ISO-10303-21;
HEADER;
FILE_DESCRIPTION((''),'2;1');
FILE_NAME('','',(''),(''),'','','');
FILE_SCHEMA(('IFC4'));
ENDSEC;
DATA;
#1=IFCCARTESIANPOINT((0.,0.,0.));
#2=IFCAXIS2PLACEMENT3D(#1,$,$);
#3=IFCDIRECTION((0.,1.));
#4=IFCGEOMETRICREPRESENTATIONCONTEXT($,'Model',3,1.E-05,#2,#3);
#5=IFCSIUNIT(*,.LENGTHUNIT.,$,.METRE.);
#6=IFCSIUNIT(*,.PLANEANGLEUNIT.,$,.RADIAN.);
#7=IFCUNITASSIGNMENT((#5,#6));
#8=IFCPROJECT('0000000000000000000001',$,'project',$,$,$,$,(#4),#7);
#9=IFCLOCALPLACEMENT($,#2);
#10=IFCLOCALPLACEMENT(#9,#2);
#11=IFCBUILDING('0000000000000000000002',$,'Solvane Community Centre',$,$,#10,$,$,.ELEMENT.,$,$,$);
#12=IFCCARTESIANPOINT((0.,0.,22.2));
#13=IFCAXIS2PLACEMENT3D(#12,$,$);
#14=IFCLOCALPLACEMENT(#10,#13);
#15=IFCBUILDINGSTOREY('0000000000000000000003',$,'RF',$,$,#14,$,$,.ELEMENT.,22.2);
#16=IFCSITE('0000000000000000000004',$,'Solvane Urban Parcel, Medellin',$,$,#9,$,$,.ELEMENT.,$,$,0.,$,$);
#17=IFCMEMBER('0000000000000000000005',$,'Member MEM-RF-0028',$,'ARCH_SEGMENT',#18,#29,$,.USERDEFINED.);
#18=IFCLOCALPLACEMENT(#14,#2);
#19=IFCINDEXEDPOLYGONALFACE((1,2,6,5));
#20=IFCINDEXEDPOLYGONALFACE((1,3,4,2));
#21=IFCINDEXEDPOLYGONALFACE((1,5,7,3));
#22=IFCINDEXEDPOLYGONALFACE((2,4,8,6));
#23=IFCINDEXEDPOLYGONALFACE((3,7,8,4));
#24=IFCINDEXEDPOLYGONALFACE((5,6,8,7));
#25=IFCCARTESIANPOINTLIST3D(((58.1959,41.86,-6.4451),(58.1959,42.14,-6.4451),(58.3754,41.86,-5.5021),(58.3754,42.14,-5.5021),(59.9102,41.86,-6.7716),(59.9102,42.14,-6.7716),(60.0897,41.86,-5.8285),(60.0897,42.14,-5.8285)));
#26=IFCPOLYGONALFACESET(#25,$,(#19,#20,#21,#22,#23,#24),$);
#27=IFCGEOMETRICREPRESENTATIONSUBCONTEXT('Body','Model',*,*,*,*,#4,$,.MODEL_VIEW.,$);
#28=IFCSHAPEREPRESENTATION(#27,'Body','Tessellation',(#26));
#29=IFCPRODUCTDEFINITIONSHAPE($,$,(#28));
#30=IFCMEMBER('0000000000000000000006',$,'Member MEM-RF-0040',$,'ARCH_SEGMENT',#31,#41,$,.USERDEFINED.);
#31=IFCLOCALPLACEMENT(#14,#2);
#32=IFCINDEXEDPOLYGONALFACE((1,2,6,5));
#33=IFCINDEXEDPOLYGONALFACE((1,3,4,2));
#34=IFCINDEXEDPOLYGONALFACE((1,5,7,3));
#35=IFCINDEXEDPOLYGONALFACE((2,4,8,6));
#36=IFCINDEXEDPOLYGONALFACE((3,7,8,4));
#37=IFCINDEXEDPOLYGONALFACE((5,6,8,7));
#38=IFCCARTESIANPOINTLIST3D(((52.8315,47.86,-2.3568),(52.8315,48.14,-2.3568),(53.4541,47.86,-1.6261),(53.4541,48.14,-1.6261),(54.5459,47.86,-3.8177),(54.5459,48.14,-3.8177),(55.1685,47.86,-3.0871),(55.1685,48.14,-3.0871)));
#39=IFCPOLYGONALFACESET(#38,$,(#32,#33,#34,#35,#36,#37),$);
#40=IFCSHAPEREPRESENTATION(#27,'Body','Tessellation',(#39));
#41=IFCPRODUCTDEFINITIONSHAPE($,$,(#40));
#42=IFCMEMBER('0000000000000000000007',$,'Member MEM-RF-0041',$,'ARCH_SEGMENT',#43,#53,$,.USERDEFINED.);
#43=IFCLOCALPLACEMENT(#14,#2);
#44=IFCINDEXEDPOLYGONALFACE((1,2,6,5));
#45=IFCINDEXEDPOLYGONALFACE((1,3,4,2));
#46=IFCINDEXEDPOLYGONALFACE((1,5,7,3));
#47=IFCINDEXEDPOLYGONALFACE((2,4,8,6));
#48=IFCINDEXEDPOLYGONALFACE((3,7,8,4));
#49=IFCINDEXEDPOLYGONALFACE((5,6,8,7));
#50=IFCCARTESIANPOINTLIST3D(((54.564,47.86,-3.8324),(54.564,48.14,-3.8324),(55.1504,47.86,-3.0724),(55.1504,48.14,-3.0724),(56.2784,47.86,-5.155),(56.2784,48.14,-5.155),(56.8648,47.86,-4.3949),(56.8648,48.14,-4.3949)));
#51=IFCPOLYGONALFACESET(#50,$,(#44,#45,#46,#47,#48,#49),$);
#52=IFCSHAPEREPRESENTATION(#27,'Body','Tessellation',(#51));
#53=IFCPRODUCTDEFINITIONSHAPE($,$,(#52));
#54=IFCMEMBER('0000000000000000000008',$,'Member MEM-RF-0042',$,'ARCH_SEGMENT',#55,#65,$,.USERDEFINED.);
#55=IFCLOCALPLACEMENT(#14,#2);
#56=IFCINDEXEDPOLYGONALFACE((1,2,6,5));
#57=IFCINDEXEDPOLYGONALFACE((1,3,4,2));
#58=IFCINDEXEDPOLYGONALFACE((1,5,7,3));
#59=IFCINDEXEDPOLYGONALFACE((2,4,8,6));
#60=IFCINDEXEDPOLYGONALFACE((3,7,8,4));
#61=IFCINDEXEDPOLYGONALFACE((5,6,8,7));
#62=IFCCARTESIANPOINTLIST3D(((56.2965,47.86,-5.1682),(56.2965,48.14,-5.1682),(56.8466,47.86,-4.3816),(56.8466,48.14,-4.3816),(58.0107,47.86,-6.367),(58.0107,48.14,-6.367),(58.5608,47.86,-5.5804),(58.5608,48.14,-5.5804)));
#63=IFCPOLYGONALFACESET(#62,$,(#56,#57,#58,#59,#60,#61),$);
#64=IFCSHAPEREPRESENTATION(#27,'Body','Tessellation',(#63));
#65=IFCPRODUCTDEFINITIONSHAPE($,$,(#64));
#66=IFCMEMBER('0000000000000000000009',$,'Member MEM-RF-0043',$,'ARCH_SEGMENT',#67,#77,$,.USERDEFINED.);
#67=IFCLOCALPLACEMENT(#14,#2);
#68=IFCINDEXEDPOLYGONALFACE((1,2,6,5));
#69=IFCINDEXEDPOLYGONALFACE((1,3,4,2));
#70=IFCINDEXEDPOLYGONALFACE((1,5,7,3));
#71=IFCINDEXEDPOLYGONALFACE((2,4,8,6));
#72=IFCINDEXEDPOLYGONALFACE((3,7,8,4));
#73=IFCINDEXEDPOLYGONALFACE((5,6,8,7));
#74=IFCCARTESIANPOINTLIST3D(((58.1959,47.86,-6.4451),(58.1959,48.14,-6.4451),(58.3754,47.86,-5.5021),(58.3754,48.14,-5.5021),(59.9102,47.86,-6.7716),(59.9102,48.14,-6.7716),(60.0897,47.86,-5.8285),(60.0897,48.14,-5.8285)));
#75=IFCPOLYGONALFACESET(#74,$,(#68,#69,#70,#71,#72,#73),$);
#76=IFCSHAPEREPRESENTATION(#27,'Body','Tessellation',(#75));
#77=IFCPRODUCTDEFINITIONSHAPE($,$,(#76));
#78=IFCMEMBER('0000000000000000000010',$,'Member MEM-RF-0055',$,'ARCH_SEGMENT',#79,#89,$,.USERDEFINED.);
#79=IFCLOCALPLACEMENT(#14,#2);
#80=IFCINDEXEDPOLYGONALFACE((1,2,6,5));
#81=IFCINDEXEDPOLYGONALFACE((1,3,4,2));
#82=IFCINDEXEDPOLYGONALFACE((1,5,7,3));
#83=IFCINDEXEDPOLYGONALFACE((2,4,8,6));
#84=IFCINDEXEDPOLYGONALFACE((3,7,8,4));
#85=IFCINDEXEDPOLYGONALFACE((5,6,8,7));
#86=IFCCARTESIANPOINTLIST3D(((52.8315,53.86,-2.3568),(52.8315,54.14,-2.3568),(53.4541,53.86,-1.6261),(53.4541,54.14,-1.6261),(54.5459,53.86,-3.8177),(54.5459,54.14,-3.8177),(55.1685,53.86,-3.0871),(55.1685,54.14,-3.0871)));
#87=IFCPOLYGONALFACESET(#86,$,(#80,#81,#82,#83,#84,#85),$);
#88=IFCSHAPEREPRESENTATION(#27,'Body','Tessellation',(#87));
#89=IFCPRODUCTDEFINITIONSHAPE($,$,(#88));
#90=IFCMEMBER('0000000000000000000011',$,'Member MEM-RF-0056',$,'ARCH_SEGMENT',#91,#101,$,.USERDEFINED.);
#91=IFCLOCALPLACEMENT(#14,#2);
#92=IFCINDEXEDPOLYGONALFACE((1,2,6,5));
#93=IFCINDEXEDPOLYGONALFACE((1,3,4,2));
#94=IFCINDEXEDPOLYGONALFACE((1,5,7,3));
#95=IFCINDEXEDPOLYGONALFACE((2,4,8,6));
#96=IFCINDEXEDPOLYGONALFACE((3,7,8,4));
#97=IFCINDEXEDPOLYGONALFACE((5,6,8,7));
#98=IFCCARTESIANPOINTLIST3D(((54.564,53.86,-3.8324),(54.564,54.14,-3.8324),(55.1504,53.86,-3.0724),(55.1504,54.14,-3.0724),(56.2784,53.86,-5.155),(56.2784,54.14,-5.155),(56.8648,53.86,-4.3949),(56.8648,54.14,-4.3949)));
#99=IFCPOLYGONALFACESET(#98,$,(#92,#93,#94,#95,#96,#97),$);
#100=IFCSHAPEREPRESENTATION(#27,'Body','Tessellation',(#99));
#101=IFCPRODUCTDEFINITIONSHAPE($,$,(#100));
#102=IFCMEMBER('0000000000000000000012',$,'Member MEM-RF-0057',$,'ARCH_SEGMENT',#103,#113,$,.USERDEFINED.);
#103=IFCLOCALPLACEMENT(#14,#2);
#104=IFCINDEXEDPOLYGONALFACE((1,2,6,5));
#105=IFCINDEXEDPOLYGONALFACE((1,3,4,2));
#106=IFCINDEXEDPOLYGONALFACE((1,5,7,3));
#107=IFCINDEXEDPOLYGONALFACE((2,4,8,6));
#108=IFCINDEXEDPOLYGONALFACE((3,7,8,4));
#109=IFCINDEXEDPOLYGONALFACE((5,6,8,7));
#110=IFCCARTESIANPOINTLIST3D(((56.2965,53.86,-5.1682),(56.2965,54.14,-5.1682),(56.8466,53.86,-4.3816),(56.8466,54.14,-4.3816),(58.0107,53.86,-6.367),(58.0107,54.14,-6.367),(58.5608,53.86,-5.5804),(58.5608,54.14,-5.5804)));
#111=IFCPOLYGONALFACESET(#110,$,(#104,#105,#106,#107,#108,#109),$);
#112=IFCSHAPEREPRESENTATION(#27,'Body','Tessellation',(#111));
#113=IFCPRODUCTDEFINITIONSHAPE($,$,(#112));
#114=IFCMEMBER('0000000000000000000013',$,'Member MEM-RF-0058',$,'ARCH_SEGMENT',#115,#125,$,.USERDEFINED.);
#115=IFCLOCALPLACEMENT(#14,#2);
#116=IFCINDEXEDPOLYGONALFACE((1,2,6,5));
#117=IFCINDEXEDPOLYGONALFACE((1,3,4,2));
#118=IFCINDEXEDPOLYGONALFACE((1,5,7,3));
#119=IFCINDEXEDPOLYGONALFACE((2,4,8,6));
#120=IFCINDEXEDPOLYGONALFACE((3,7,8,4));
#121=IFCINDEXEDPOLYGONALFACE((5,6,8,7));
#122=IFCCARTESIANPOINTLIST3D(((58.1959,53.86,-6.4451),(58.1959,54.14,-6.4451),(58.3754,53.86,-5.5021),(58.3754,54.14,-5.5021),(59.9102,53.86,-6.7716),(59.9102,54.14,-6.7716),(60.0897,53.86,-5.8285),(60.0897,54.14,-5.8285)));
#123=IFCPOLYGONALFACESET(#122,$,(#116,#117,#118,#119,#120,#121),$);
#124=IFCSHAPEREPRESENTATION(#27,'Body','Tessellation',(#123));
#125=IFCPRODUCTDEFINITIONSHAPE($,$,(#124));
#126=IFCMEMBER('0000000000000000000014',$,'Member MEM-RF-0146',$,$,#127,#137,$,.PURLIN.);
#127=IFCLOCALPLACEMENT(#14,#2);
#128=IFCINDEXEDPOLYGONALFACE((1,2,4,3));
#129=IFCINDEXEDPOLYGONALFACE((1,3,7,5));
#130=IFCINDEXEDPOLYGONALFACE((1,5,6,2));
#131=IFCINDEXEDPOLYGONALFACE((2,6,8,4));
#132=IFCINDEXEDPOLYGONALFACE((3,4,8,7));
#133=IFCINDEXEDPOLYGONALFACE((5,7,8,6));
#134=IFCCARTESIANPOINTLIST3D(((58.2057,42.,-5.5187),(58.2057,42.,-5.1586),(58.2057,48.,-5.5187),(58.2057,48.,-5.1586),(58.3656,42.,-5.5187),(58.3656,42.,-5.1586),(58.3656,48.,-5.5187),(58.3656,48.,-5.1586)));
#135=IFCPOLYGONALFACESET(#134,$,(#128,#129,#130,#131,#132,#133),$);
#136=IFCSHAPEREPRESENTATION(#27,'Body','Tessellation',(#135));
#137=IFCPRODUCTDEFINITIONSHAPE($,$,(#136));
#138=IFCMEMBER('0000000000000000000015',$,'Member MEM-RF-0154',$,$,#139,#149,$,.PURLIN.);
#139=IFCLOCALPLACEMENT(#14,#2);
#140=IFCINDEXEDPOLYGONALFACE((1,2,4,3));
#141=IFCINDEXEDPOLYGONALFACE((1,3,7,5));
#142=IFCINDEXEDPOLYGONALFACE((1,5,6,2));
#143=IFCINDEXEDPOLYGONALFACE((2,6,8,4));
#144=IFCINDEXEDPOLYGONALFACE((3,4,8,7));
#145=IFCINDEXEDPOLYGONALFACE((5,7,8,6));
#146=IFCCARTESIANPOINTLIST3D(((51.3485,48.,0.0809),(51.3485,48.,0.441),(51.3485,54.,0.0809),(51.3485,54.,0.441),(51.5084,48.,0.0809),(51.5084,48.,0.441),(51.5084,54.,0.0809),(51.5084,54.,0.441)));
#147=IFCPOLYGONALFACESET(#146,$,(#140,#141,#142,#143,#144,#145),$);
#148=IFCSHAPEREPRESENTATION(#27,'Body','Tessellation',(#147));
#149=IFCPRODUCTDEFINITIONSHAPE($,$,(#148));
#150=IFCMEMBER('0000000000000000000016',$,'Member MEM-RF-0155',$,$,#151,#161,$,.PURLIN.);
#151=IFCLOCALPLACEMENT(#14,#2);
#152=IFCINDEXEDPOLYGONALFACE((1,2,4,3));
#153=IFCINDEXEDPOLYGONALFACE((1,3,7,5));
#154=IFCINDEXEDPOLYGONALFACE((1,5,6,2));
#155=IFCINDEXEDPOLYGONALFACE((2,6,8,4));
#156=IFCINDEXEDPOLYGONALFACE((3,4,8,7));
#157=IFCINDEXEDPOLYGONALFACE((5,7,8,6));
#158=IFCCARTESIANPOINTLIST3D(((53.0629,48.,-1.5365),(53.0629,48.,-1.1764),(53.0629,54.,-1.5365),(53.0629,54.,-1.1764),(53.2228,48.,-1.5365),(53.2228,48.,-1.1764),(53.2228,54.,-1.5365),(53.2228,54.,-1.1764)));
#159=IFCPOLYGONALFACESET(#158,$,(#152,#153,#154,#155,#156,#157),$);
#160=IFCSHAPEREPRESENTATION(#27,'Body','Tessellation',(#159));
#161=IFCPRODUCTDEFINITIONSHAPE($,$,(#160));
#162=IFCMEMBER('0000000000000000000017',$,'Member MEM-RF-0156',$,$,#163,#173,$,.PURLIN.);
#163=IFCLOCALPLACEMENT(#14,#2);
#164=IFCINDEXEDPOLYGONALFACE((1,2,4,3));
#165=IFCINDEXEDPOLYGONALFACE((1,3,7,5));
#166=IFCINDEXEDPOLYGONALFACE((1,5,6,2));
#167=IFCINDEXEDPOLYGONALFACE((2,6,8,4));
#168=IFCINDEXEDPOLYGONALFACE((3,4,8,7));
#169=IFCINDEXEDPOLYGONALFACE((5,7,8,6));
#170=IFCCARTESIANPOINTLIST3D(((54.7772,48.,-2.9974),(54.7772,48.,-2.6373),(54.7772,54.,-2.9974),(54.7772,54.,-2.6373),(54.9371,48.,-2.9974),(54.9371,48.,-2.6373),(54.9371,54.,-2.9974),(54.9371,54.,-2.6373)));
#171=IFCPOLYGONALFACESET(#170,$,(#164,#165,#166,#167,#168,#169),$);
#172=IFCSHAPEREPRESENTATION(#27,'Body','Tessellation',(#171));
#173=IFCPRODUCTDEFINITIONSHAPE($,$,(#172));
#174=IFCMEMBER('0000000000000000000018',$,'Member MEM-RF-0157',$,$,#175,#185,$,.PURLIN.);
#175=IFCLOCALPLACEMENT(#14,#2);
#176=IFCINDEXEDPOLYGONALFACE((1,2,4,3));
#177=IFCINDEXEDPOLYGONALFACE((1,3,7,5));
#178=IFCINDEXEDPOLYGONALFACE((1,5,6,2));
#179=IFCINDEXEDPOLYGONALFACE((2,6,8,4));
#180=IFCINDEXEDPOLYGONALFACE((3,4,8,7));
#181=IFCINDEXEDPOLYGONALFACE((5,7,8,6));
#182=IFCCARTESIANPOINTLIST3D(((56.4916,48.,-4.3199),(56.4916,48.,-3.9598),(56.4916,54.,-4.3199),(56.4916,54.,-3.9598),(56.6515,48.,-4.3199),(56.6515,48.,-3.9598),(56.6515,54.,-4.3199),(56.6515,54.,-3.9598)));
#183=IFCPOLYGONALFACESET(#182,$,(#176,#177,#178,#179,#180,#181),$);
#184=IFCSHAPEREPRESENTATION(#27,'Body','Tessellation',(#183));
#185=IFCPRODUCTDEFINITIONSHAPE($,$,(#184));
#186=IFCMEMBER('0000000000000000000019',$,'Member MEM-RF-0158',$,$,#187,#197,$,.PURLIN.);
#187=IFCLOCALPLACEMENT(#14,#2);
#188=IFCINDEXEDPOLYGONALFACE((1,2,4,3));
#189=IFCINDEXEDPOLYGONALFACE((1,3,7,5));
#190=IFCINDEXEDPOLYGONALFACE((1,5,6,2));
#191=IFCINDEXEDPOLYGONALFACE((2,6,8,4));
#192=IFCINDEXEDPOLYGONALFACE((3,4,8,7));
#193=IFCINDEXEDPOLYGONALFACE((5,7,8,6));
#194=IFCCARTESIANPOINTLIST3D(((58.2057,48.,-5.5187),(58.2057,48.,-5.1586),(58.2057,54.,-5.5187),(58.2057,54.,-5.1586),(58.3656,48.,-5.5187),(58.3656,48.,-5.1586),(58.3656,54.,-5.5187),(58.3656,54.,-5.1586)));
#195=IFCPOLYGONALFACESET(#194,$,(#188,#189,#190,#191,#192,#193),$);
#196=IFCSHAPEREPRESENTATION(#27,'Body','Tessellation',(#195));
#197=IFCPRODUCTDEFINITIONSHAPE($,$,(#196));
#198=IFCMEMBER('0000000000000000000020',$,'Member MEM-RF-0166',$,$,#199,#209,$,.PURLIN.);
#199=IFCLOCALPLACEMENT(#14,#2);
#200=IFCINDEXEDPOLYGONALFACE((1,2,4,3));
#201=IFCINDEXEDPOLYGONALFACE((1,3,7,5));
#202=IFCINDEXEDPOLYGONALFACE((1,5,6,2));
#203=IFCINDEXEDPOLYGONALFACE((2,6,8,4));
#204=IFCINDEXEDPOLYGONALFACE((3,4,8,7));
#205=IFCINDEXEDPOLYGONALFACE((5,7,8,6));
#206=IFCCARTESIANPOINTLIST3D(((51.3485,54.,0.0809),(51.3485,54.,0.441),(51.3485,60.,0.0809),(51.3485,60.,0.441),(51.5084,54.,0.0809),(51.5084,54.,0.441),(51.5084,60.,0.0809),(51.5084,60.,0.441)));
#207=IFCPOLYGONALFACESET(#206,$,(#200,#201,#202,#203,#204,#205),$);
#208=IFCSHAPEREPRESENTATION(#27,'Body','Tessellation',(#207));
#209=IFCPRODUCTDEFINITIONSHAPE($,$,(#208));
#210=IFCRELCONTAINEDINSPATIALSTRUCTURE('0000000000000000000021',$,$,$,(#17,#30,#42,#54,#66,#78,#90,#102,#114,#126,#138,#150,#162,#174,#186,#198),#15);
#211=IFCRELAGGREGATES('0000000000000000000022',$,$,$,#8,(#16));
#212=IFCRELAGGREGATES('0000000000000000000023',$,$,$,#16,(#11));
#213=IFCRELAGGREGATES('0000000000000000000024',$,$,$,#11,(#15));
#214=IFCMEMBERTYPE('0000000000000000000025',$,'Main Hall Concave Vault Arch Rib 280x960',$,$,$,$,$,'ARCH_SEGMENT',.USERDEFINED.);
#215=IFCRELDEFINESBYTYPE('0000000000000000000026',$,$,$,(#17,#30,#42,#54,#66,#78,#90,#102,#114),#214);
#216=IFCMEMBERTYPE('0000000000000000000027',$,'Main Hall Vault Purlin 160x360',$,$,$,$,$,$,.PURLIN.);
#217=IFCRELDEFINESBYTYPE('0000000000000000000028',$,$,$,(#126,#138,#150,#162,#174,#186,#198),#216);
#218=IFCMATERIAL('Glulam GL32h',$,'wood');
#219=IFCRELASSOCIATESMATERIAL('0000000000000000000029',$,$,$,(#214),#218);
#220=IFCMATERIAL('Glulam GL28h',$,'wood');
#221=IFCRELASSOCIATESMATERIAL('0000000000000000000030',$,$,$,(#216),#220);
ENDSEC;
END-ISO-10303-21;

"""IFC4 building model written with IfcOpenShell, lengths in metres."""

from ifc_helpers import new_model, si_unit, direction, frame, origin, origin_2d, place, context, subcontext, project, spatial, rectangle, extrude, material, material_profile, profile_set, type_object, element, save


model = new_model("IFC4")

# Units and contexts
model_context = context("Model", 3, precision=1e-05, world=origin(), true_north=direction((0.0, 1.0)))
body_context = subcontext(model_context, "Body", "Model", "MODEL_VIEW")
ifc_project = project(units=[si_unit("LENGTHUNIT", "METRE"), si_unit("PLANEANGLEUNIT", "RADIAN")], contexts=[model_context])

# Site, building, storey
site_placement = place(None, origin())
site = spatial("IfcSite", under=ifc_project, at=site_placement, Name="Solvane Urban Parcel, Medellin", CompositionType="ELEMENT", RefElevation=0.0)
building_placement = place(site_placement, origin())
building = spatial("IfcBuilding", under=site, at=building_placement, Name="Solvane Community Centre", CompositionType="ELEMENT")
storey_placement = place(building_placement, frame((0.0, 0.0, 22.2)))
storey = spatial("IfcBuildingStorey", under=building, at=storey_placement, Name="RF", CompositionType="ELEMENT", Elevation=22.2)

# Members
ifc_material_1 = material(Name="Glulam GL32h", Category="wood")
ifc_material_profile_1 = material_profile(ifc_material_1, rectangle(XDim=0.28, YDim=0.96, at=origin_2d()), Name="GL32h 280x960")
ifc_profile_set_1 = profile_set([ifc_material_profile_1], Name="Glulam GL32h")
member_type_1 = type_object("IfcMemberType", Name="Main Hall Concave Vault Arch Rib 280x960", ElementType="ARCH_SEGMENT", PredefinedType="USERDEFINED", material=ifc_profile_set_1)
member_1_placement = place(storey_placement, frame((58.2856, 42.0, -5.9736), z_axis=(0.982352, 0.0, -0.187041), x_axis=(0.0, 1.0, 0.0)))
element("IfcMember", 1, at=member_1_placement, inside=storey, type_object=member_type_1, Name="Member MEM-RF-0028", ObjectType="ARCH_SEGMENT", PredefinedType="USERDEFINED", context=body_context, shape_type="SweptSolid", body=[
    extrude(rectangle(XDim=0.28, YDim=0.96, at=origin_2d()), origin(), (0.0, 0.0, 1.0), 1.7451),
])
member_2_placement = place(storey_placement, frame((53.1428, 48.0, -1.9915), z_axis=(0.76112, 0.0, -0.648611), x_axis=(0.0, 1.0, 0.0)))
element("IfcMember", 2, at=member_2_placement, inside=storey, type_object=member_type_1, Name="Member MEM-RF-0040", ObjectType="ARCH_SEGMENT", PredefinedType="USERDEFINED", context=body_context, shape_type="SweptSolid", body=[
    extrude(rectangle(XDim=0.28, YDim=0.96, at=origin_2d()), origin(), (0.0, 0.0, 1.0), 2.2524),
])
member_3_placement = place(storey_placement, frame((54.8572, 48.0, -3.4524), z_axis=(0.791781, 0.0, -0.610805), x_axis=(0.0, 1.0, 0.0)))
element("IfcMember", 3, at=member_3_placement, inside=storey, type_object=member_type_1, Name="Member MEM-RF-0041", ObjectType="ARCH_SEGMENT", PredefinedType="USERDEFINED", context=body_context, shape_type="SweptSolid", body=[
    extrude(rectangle(XDim=0.28, YDim=0.96, at=origin_2d()), origin(), (0.0, 0.0, 1.0), 2.1653),
])
member_4_placement = place(storey_placement, frame((56.5715, 48.0, -4.7749), z_axis=(0.81949, 0.0, -0.573094), x_axis=(0.0, 1.0, 0.0)))
element("IfcMember", 4, at=member_4_placement, inside=storey, type_object=member_type_1, Name="Member MEM-RF-0042", ObjectType="ARCH_SEGMENT", PredefinedType="USERDEFINED", context=body_context, shape_type="SweptSolid", body=[
    extrude(rectangle(XDim=0.28, YDim=0.96, at=origin_2d()), origin(), (0.0, 0.0, 1.0), 2.0918),
])
member_5_placement = place(storey_placement, frame((58.2856, 48.0, -5.9736), z_axis=(0.982352, 0.0, -0.187041), x_axis=(0.0, 1.0, 0.0)))
element("IfcMember", 5, at=member_5_placement, inside=storey, type_object=member_type_1, Name="Member MEM-RF-0043", ObjectType="ARCH_SEGMENT", PredefinedType="USERDEFINED", context=body_context, shape_type="SweptSolid", body=[
    extrude(rectangle(XDim=0.28, YDim=0.96, at=origin_2d()), origin(), (0.0, 0.0, 1.0), 1.7451),
])
member_6_placement = place(storey_placement, frame((53.1428, 54.0, -1.9915), z_axis=(0.76112, 0.0, -0.648611), x_axis=(0.0, 1.0, 0.0)))
element("IfcMember", 6, at=member_6_placement, inside=storey, type_object=member_type_1, Name="Member MEM-RF-0055", ObjectType="ARCH_SEGMENT", PredefinedType="USERDEFINED", context=body_context, shape_type="SweptSolid", body=[
    extrude(rectangle(XDim=0.28, YDim=0.96, at=origin_2d()), origin(), (0.0, 0.0, 1.0), 2.2524),
])
member_7_placement = place(storey_placement, frame((54.8572, 54.0, -3.4524), z_axis=(0.791781, 0.0, -0.610805), x_axis=(0.0, 1.0, 0.0)))
element("IfcMember", 7, at=member_7_placement, inside=storey, type_object=member_type_1, Name="Member MEM-RF-0056", ObjectType="ARCH_SEGMENT", PredefinedType="USERDEFINED", context=body_context, shape_type="SweptSolid", body=[
    extrude(rectangle(XDim=0.28, YDim=0.96, at=origin_2d()), origin(), (0.0, 0.0, 1.0), 2.1653),
])
member_8_placement = place(storey_placement, frame((56.5715, 54.0, -4.7749), z_axis=(0.81949, 0.0, -0.573094), x_axis=(0.0, 1.0, 0.0)))
element("IfcMember", 8, at=member_8_placement, inside=storey, type_object=member_type_1, Name="Member MEM-RF-0057", ObjectType="ARCH_SEGMENT", PredefinedType="USERDEFINED", context=body_context, shape_type="SweptSolid", body=[
    extrude(rectangle(XDim=0.28, YDim=0.96, at=origin_2d()), origin(), (0.0, 0.0, 1.0), 2.0918),
])
member_9_placement = place(storey_placement, frame((58.2856, 54.0, -5.9736), z_axis=(0.982352, 0.0, -0.187041), x_axis=(0.0, 1.0, 0.0)))
element("IfcMember", 9, at=member_9_placement, inside=storey, type_object=member_type_1, Name="Member MEM-RF-0058", ObjectType="ARCH_SEGMENT", PredefinedType="USERDEFINED", context=body_context, shape_type="SweptSolid", body=[
    extrude(rectangle(XDim=0.28, YDim=0.96, at=origin_2d()), origin(), (0.0, 0.0, 1.0), 1.7451),
])
ifc_material_2 = material(Name="Glulam GL28h", Category="wood")
ifc_material_profile_2 = material_profile(ifc_material_2, rectangle(XDim=0.1599, YDim=0.3601, at=origin_2d()), Name="GL28h 160x360")
ifc_profile_set_2 = profile_set([ifc_material_profile_2], Name="Glulam GL28h")
member_type_2 = type_object("IfcMemberType", Name="Main Hall Vault Purlin 160x360", PredefinedType="PURLIN", material=ifc_profile_set_2)
for number, where, z_axis, x_axis, name in (
    (10, (58.2856, 42.0, -5.3386), (0.0, 1.0, 0.0), (-1.0, 0.0, 0.0), "Member MEM-RF-0146"),
    (11, (51.4285, 48.0, 0.261), (0.0, 1.0, 0.0), (-1.0, 0.0, 0.0), "Member MEM-RF-0154"),
    (12, (53.1428, 48.0, -1.3564), (0.0, 1.0, 0.0), (-1.0, 0.0, 0.0), "Member MEM-RF-0155"),
    (13, (54.8572, 48.0, -2.8174), (0.0, 1.0, 0.0), (-1.0, 0.0, 0.0), "Member MEM-RF-0156"),
    (14, (56.5715, 48.0, -4.1399), (0.0, 1.0, 0.0), (-1.0, 0.0, 0.0), "Member MEM-RF-0157"),
    (15, (58.2856, 48.0, -5.3386), (0.0, 1.0, 0.0), (-1.0, 0.0, 0.0), "Member MEM-RF-0158"),
    (16, (51.4285, 54.0, 0.261), (0.0, 1.0, 0.0), (-1.0, 0.0, 0.0), "Member MEM-RF-0166"),
):
    element("IfcMember", number, at=place(storey_placement, frame(where, z_axis=z_axis, x_axis=x_axis)), inside=storey, type_object=member_type_2, Name=name, PredefinedType="PURLIN", context=body_context, shape_type="SweptSolid", body=[
        extrude(rectangle(XDim=0.1599, YDim=0.3601, at=origin_2d()), origin(), (0.0, 0.0, 1.0), 6.0),
    ])

save(model, "model.ifc")
